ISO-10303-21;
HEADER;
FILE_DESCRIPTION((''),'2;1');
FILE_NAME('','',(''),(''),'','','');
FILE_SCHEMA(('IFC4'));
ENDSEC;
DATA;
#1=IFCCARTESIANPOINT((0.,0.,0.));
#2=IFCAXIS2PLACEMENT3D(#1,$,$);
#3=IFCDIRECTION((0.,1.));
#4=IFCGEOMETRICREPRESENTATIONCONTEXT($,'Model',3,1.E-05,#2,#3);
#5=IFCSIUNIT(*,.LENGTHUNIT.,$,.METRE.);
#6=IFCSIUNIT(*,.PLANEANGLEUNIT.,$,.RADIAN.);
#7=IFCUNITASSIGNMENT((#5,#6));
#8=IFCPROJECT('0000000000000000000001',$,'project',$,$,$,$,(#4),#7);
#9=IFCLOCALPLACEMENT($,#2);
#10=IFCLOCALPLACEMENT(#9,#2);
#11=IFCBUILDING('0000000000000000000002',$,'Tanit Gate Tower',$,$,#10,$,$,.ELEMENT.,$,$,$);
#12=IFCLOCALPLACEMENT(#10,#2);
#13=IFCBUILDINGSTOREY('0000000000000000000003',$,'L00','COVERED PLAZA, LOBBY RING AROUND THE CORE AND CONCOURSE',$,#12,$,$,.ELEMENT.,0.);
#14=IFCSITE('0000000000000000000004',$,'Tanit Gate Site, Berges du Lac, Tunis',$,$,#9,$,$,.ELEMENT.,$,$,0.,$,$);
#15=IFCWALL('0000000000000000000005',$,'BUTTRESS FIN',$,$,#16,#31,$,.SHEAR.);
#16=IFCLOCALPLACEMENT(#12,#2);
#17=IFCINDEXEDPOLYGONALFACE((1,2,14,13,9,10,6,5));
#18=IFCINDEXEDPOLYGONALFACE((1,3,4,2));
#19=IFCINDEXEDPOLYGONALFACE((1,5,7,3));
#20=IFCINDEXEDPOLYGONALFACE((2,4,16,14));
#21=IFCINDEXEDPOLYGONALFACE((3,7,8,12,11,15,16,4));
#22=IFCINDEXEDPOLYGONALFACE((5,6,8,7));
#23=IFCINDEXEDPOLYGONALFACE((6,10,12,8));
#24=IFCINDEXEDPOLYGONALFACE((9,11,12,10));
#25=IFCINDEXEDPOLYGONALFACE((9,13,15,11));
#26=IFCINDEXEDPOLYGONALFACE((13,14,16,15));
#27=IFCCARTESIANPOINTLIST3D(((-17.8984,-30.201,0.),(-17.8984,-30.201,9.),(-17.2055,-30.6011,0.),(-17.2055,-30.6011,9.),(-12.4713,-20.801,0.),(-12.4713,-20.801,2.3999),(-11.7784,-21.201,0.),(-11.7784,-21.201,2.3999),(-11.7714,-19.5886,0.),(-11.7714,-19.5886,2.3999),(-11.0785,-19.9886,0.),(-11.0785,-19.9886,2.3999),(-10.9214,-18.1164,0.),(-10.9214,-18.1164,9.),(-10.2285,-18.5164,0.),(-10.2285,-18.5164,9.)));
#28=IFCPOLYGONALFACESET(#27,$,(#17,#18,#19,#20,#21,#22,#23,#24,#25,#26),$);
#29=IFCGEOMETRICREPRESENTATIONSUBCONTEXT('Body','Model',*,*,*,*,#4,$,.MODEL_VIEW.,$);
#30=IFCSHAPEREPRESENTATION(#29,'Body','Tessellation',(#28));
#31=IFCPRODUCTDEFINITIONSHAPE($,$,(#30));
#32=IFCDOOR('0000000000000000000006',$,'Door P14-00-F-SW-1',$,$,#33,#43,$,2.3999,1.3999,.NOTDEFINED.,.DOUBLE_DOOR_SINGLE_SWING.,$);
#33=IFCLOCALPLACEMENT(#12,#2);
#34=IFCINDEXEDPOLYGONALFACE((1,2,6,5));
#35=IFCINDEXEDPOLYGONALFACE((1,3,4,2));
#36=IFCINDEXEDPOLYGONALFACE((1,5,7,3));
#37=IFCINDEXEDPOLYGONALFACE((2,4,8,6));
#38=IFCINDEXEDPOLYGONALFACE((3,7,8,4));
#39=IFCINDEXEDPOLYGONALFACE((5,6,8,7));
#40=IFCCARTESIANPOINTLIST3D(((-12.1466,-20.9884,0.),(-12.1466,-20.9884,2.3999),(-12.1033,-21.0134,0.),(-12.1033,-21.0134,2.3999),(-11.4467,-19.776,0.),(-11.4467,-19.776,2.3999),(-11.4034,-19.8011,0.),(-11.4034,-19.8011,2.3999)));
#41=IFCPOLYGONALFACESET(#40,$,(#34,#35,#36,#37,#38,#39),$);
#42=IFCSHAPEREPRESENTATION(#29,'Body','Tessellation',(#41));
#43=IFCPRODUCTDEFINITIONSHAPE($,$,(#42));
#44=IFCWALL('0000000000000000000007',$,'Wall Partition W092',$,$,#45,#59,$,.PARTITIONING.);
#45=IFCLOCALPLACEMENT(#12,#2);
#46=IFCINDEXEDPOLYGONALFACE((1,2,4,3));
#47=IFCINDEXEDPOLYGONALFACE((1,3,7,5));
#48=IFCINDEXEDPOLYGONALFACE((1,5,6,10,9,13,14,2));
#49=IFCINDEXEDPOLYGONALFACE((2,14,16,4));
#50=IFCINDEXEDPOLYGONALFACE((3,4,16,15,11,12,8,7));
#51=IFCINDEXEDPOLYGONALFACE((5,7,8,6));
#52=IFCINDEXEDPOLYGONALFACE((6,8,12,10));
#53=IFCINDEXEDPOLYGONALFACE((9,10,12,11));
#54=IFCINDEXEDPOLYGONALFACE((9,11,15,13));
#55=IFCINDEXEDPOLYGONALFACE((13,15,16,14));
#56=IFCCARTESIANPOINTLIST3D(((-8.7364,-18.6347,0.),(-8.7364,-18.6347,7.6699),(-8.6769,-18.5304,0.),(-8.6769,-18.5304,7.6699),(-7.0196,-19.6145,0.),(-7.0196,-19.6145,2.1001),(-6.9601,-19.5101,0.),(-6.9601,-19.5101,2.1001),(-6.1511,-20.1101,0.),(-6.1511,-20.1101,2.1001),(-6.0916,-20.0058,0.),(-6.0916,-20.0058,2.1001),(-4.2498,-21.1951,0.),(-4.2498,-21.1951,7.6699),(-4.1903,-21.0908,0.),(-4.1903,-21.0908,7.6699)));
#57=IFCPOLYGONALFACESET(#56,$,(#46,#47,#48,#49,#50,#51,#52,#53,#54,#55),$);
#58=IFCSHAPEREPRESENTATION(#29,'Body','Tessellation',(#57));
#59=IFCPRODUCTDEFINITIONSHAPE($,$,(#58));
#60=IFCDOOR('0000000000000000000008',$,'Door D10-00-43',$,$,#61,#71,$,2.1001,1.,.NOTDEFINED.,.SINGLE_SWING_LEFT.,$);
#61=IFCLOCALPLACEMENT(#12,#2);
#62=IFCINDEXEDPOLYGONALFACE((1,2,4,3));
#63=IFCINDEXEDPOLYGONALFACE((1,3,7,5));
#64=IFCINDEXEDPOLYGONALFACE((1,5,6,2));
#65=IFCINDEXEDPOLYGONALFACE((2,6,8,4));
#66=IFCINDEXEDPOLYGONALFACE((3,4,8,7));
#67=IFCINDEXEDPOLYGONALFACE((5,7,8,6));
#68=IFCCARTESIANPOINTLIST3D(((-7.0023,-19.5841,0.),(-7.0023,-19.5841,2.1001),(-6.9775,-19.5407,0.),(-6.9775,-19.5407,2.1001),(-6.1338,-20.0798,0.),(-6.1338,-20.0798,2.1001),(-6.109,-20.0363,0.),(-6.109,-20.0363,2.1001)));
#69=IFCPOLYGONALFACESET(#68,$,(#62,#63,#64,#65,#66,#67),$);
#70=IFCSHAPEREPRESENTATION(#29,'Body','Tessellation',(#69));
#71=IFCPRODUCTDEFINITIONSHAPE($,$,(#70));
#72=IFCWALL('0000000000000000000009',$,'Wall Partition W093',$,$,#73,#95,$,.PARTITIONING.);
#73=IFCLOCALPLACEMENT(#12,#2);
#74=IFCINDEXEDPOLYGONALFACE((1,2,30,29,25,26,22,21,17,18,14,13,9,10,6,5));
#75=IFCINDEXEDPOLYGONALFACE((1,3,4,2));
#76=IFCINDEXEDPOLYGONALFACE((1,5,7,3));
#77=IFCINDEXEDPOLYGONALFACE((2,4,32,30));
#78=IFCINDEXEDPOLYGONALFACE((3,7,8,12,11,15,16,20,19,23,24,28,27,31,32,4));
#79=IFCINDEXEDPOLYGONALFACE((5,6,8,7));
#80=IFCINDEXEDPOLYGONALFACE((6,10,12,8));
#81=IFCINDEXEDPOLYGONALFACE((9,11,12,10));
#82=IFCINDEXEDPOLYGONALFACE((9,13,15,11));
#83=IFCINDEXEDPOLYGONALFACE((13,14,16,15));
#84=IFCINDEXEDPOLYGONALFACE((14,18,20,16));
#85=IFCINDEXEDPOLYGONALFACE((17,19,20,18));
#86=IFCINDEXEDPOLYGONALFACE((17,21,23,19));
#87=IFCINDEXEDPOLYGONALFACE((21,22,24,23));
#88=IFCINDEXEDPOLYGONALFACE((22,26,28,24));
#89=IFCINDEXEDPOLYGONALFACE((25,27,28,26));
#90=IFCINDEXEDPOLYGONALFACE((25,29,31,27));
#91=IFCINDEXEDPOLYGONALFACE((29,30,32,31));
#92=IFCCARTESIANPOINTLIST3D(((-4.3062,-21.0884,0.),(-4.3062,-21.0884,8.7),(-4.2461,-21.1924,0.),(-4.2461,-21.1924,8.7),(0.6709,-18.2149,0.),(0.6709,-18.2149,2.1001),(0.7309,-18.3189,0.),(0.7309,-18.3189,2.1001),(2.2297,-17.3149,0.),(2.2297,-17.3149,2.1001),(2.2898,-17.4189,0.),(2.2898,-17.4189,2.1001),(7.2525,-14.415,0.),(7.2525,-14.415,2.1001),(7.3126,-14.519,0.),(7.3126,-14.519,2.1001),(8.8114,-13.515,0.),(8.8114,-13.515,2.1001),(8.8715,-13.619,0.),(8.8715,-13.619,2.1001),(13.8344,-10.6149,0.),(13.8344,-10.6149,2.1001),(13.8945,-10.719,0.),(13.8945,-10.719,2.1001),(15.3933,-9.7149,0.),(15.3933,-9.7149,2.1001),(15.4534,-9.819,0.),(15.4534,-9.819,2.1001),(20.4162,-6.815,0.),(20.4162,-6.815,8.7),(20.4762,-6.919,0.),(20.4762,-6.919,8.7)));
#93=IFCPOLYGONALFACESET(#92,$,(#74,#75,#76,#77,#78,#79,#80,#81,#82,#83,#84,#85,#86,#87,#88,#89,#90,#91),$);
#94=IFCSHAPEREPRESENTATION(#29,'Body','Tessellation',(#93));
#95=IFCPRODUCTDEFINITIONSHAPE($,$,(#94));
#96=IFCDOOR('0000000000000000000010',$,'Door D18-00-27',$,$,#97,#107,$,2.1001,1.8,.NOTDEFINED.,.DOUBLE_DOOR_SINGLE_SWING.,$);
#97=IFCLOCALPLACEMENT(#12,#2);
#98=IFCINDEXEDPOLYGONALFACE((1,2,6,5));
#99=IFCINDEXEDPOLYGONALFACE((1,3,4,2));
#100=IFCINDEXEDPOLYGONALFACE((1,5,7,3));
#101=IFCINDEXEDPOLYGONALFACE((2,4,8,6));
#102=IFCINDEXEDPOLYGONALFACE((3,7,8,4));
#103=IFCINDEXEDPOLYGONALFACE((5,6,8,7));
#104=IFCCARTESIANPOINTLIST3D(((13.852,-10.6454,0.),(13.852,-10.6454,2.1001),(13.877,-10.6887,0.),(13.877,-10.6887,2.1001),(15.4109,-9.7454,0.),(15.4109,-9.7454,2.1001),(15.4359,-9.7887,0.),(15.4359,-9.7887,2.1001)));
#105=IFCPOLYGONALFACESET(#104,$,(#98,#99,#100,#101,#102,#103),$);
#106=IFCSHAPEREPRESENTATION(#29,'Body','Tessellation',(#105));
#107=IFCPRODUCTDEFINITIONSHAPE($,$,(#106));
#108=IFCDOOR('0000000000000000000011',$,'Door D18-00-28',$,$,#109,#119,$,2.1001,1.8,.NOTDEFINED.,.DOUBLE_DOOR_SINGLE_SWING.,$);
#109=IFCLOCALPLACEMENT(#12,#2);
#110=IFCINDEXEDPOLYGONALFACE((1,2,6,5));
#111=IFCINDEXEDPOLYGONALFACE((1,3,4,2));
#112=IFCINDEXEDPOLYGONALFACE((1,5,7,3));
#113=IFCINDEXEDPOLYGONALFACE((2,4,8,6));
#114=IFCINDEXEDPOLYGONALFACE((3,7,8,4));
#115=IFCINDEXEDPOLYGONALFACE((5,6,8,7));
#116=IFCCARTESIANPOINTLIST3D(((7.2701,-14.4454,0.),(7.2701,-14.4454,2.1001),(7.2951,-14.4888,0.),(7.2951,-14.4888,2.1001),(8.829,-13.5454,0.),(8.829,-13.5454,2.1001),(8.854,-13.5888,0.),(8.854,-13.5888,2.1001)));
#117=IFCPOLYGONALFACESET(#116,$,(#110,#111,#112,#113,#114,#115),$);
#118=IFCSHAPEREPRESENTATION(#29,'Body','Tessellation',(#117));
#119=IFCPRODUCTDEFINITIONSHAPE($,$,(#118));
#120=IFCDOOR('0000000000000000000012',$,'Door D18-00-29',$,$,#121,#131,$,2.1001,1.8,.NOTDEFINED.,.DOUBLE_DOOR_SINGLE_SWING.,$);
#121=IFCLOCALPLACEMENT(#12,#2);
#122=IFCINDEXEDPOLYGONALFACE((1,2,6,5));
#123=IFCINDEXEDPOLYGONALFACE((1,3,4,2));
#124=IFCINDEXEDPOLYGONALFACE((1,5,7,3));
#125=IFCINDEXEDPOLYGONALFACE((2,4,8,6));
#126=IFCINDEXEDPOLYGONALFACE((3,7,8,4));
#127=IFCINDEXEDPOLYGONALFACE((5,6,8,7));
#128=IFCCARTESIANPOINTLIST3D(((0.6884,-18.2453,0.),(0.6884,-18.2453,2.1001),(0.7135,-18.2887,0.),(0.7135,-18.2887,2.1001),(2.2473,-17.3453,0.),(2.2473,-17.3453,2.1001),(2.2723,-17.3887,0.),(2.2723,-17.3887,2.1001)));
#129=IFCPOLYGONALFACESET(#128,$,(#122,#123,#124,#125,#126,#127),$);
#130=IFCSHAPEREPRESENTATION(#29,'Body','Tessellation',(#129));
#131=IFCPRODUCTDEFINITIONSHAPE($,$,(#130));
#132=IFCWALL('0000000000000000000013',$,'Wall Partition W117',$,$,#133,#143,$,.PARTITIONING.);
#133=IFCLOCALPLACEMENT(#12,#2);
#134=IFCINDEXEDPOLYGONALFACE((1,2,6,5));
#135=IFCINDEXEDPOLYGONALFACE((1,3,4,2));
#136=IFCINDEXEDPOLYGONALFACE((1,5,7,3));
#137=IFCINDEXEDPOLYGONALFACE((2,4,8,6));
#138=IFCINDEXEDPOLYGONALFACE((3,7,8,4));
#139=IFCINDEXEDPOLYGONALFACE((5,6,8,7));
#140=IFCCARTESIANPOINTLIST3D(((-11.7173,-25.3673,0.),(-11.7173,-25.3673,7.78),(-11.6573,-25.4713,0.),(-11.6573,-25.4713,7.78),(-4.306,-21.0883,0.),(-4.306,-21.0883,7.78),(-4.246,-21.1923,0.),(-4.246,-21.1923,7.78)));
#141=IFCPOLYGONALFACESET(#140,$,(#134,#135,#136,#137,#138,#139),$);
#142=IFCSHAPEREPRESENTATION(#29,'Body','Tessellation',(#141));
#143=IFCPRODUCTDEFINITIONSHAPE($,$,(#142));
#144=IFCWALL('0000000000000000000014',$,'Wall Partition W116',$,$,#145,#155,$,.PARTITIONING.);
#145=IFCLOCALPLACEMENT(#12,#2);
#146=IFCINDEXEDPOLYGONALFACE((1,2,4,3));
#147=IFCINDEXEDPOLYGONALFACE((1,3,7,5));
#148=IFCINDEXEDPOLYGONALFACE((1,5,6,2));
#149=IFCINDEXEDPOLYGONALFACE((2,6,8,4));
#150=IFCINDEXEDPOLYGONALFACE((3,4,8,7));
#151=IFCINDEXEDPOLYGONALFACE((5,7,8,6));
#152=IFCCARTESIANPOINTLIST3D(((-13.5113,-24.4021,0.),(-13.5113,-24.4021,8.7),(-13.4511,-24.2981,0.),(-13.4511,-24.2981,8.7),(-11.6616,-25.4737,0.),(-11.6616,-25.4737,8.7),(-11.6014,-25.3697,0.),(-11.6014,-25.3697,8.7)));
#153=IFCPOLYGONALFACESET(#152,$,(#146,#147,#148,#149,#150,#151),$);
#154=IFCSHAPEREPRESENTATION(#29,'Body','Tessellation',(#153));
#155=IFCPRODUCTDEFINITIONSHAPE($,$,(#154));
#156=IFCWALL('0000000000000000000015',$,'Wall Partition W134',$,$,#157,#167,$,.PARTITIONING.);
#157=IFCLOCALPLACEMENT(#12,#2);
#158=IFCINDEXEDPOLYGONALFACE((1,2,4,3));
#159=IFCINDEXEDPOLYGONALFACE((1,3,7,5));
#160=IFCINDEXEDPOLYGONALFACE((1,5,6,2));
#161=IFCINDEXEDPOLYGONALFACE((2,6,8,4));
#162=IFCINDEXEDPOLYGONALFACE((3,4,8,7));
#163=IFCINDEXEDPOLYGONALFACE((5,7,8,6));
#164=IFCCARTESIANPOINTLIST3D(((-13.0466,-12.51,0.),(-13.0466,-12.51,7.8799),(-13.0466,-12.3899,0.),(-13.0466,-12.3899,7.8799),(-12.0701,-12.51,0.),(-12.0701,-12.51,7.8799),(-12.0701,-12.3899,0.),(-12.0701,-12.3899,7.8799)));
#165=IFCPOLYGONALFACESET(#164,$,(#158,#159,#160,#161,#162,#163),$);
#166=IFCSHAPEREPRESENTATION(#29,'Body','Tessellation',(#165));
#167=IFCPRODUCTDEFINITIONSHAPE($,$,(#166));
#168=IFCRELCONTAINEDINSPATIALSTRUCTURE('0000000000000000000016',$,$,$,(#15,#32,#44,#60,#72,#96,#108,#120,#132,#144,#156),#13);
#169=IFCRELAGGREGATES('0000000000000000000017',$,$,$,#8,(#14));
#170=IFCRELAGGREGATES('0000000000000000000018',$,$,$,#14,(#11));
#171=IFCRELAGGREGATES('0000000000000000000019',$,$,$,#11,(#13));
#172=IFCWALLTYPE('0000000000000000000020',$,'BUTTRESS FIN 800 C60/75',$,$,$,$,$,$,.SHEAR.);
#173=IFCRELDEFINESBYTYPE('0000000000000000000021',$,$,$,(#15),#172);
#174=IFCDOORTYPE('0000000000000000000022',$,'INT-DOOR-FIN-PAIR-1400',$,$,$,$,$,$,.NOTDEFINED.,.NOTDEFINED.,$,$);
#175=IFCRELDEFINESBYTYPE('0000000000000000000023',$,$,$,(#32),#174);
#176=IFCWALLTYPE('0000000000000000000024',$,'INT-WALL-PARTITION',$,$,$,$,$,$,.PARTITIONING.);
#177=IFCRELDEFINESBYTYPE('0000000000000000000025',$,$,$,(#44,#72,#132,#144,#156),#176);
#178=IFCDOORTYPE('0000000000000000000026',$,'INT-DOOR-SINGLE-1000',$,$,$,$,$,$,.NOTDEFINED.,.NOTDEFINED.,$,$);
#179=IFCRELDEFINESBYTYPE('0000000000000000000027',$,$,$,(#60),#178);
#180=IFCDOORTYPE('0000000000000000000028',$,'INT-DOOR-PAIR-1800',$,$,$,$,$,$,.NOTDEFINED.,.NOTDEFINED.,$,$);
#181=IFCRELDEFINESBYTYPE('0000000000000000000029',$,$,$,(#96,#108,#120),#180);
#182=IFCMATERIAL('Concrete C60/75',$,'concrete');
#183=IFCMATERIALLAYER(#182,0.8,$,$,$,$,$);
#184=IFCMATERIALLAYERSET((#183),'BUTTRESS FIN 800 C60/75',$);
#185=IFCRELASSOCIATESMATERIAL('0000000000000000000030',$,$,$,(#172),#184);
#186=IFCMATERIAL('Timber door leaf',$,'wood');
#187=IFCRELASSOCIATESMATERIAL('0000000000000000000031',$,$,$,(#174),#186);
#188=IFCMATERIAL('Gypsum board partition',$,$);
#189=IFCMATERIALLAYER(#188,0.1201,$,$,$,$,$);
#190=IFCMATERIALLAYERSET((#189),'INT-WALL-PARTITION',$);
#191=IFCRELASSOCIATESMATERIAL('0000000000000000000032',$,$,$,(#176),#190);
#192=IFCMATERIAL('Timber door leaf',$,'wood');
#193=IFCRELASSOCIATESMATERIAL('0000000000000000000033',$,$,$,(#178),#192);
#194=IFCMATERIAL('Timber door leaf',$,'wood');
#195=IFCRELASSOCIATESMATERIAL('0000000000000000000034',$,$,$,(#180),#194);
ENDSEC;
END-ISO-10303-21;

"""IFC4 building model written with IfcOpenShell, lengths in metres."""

from ifc_helpers import new_model, si_unit, direction, frame, frame_2d, origin, place, context, subcontext, project, spatial, rectangle, extrude, material, layer, layer_set, type_object, element, fill, save


model = new_model("IFC4")

# Units and contexts
model_context = context("Model", 3, precision=1e-05, world=origin(), true_north=direction((0.0, 1.0)))
body_context = subcontext(model_context, "Body", "Model", "MODEL_VIEW")
ifc_project = project(units=[si_unit("LENGTHUNIT", "METRE"), si_unit("PLANEANGLEUNIT", "RADIAN")], contexts=[model_context])

# Site, building, storey
site_placement = place(None, origin())
site = spatial("IfcSite", under=ifc_project, at=site_placement, Name="Tanit Gate Site, Berges du Lac, Tunis", CompositionType="ELEMENT", RefElevation=0.0)
building_placement = place(site_placement, origin())
building = spatial("IfcBuilding", under=site, at=building_placement, Name="Tanit Gate Tower", CompositionType="ELEMENT")
storey_placement = place(building_placement, origin())
storey = spatial("IfcBuildingStorey", under=building, at=storey_placement, Name="L00", Description="COVERED PLAZA, LOBBY RING AROUND THE CORE AND CONCOURSE", CompositionType="ELEMENT", Elevation=0.0)

# Wall, opening, door
ifc_material_1 = material(Name="Concrete C60/75", Category="concrete")
ifc_layer_1 = layer(ifc_material_1, 0.8)
ifc_layer_set_1 = layer_set([ifc_layer_1], Name="BUTTRESS FIN 800 C60/75")
wall_type_1 = type_object("IfcWallType", Name="BUTTRESS FIN 800 C60/75", PredefinedType="SHEAR", material=ifc_layer_set_1)
wall_1_placement = place(storey_placement, frame((-10.575, -18.3164, 0.0), z_axis=(0.0, 0.0, 1.0), x_axis=(-0.499997, -0.866027, 0.0)))
wall_1 = element("IfcWall", 1, at=wall_1_placement, inside=storey, type_object=wall_type_1, Name="BUTTRESS FIN", PredefinedType="SHEAR", context=body_context, shape_type="SweptSolid", body=[
    extrude(rectangle(XDim=13.9541, YDim=0.8, at=frame_2d((6.9771, 0.0))), origin(), (0.0, 0.0, 1.0), 9.0),
])
opening_1_placement = place(wall_1_placement, frame((1.7, 0.0, 0.0)))
opening_1 = element("IfcOpeningElement", 2, at=opening_1_placement, cuts=wall_1, PredefinedType="OPENING", context=body_context, shape_type="SweptSolid", body=[
    extrude(rectangle(XDim=1.3999, YDim=2.3999, at=frame_2d((0.7, 1.2))), frame((0.0, 0.4102, 0.0), z_axis=(0.0, -1.0, 0.0), x_axis=(1.0, 0.0, 0.0)), (0.0, 0.0, 1.0), 0.8201),
])
ifc_material_2 = material(Name="Timber door leaf", Category="wood")
door_type_1 = type_object("IfcDoorType", Name="INT-DOOR-FIN-PAIR-1400", OperationType="NOTDEFINED", PredefinedType="NOTDEFINED", material=ifc_material_2)
door_1_placement = place(opening_1_placement, origin())
door_1 = element("IfcDoor", 3, at=door_1_placement, inside=storey, type_object=door_type_1, Name="Door P14-00-F-SW-1", OperationType="DOUBLE_DOOR_SINGLE_SWING", OverallHeight=2.3999, OverallWidth=1.3999, PredefinedType="NOTDEFINED", context=body_context, shape_type="SweptSolid", body=[
    extrude(rectangle(XDim=1.3999, YDim=2.3999, at=frame_2d((0.7, 1.2))), frame((0.0, 0.0249, 0.0), z_axis=(0.0, -1.0, 0.0), x_axis=(1.0, 0.0, 0.0)), (0.0, 0.0, 1.0), 0.05),
])
fill(opening_1, door_1)

# Wall, opening, door
ifc_material_3 = material(Name="Gypsum board partition")
ifc_layer_2 = layer(ifc_material_3, 0.1201)
ifc_layer_set_2 = layer_set([ifc_layer_2], Name="INT-WALL-PARTITION")
wall_type_2 = type_object("IfcWallType", Name="INT-WALL-PARTITION", PredefinedType="PARTITIONING", material=ifc_layer_set_2)
wall_2_placement = place(storey_placement, frame((-8.7068, -18.5825, 0.0), z_axis=(0.0, 0.0, 1.0), x_axis=(0.868531, -0.495635, 0.0)))
wall_2 = element("IfcWall", 4, at=wall_2_placement, inside=storey, type_object=wall_type_2, Name="Wall Partition W092", PredefinedType="PARTITIONING", context=body_context, shape_type="SweptSolid", body=[
    extrude(rectangle(XDim=5.1658, YDim=0.1201, at=frame_2d((2.583, 0.0))), origin(), (0.0, 0.0, 1.0), 7.6699),
])
opening_2_placement = place(wall_2_placement, frame((1.9768, 0.0, 0.0)))
opening_2 = element("IfcOpeningElement", 5, at=opening_2_placement, cuts=wall_2, PredefinedType="OPENING", context=body_context, shape_type="SweptSolid", body=[
    extrude(rectangle(XDim=1.0, YDim=2.1001, at=frame_2d((0.5, 1.05))), frame((0.0, 0.0701, 0.0), z_axis=(0.0, -1.0, 0.0), x_axis=(1.0, 0.0, 0.0)), (0.0, 0.0, 1.0), 0.1401),
])
ifc_material_4 = material(Name="Timber door leaf", Category="wood")
door_type_2 = type_object("IfcDoorType", Name="INT-DOOR-SINGLE-1000", OperationType="NOTDEFINED", PredefinedType="NOTDEFINED", material=ifc_material_4)
door_2_placement = place(opening_2_placement, origin())
door_2 = element("IfcDoor", 6, at=door_2_placement, inside=storey, type_object=door_type_2, Name="Door D10-00-43", OperationType="SINGLE_SWING_LEFT", OverallHeight=2.1001, OverallWidth=1.0, PredefinedType="NOTDEFINED", context=body_context, shape_type="SweptSolid", body=[
    extrude(rectangle(XDim=1.0, YDim=2.1001, at=frame_2d((0.5, 1.05))), frame((0.0, 0.0249, 0.0), z_axis=(0.0, -1.0, 0.0), x_axis=(1.0, 0.0, 0.0)), (0.0, 0.0, 1.0), 0.05),
])
fill(opening_2, door_2)

# Wall, openings, doors
wall_3_placement = place(storey_placement, frame((-4.2761, -21.1404, 0.0), z_axis=(0.0, 0.0, 1.0), x_axis=(0.866026, 0.499999, 0.0)))
wall_3 = element("IfcWall", 7, at=wall_3_placement, inside=storey, type_object=wall_type_2, Name="Wall Partition W093", PredefinedType="PARTITIONING", context=body_context, shape_type="SweptSolid", body=[
    extrude(rectangle(XDim=28.5469, YDim=0.1201, at=frame_2d((14.2734, 0.0))), origin(), (0.0, 0.0, 1.0), 8.7),
])
opening_3_placement = place(wall_3_placement, frame((20.947, 0.0, 0.0)))
opening_3 = element("IfcOpeningElement", 8, at=opening_3_placement, cuts=wall_3, PredefinedType="OPENING", context=body_context, shape_type="SweptSolid", body=[
    extrude(rectangle(XDim=1.8, YDim=2.1001, at=frame_2d((0.8999, 1.05))), frame((0.0, 0.0701, 0.0), z_axis=(0.0, -1.0, 0.0), x_axis=(1.0, 0.0, 0.0)), (0.0, 0.0, 1.0), 0.1401),
])
opening_4_placement = place(wall_3_placement, frame((13.3469, 0.0, 0.0)))
opening_4 = element("IfcOpeningElement", 9, at=opening_4_placement, cuts=wall_3, PredefinedType="OPENING", context=body_context, shape_type="SweptSolid", body=[
    extrude(rectangle(XDim=1.8, YDim=2.1001, at=frame_2d((0.8999, 1.05))), frame((0.0, 0.0701, 0.0), z_axis=(0.0, -1.0, 0.0), x_axis=(1.0, 0.0, 0.0)), (0.0, 0.0, 1.0), 0.1401),
])
opening_5_placement = place(wall_3_placement, frame((5.7471, 0.0, 0.0)))
opening_5 = element("IfcOpeningElement", 10, at=opening_5_placement, cuts=wall_3, PredefinedType="OPENING", context=body_context, shape_type="SweptSolid", body=[
    extrude(rectangle(XDim=1.8, YDim=2.1001, at=frame_2d((0.8999, 1.05))), frame((0.0, 0.0701, 0.0), z_axis=(0.0, -1.0, 0.0), x_axis=(1.0, 0.0, 0.0)), (0.0, 0.0, 1.0), 0.1401),
])
ifc_material_5 = material(Name="Timber door leaf", Category="wood")
door_type_3 = type_object("IfcDoorType", Name="INT-DOOR-PAIR-1800", OperationType="NOTDEFINED", PredefinedType="NOTDEFINED", material=ifc_material_5)
door_3_placement = place(opening_3_placement, origin())
door_3 = element("IfcDoor", 11, at=door_3_placement, inside=storey, type_object=door_type_3, Name="Door D18-00-27", OperationType="DOUBLE_DOOR_SINGLE_SWING", OverallHeight=2.1001, OverallWidth=1.8, PredefinedType="NOTDEFINED", context=body_context, shape_type="SweptSolid", body=[
    extrude(rectangle(XDim=1.8, YDim=2.1001, at=frame_2d((0.8999, 1.05))), frame((0.0, 0.0249, 0.0), z_axis=(0.0, -1.0, 0.0), x_axis=(1.0, 0.0, 0.0)), (0.0, 0.0, 1.0), 0.05),
])
fill(opening_3, door_3)
door_4_placement = place(opening_4_placement, origin())
door_4 = element("IfcDoor", 12, at=door_4_placement, inside=storey, type_object=door_type_3, Name="Door D18-00-28", OperationType="DOUBLE_DOOR_SINGLE_SWING", OverallHeight=2.1001, OverallWidth=1.8, PredefinedType="NOTDEFINED", context=body_context, shape_type="SweptSolid", body=[
    extrude(rectangle(XDim=1.8, YDim=2.1001, at=frame_2d((0.8999, 1.05))), frame((0.0, 0.0249, 0.0), z_axis=(0.0, -1.0, 0.0), x_axis=(1.0, 0.0, 0.0)), (0.0, 0.0, 1.0), 0.05),
])
fill(opening_4, door_4)
door_5_placement = place(opening_5_placement, origin())
door_5 = element("IfcDoor", 13, at=door_5_placement, inside=storey, type_object=door_type_3, Name="Door D18-00-29", OperationType="DOUBLE_DOOR_SINGLE_SWING", OverallHeight=2.1001, OverallWidth=1.8, PredefinedType="NOTDEFINED", context=body_context, shape_type="SweptSolid", body=[
    extrude(rectangle(XDim=1.8, YDim=2.1001, at=frame_2d((0.8999, 1.05))), frame((0.0, 0.0249, 0.0), z_axis=(0.0, -1.0, 0.0), x_axis=(1.0, 0.0, 0.0)), (0.0, 0.0, 1.0), 0.05),
])
fill(opening_5, door_5)

# Walls
wall_4_placement = place(storey_placement, frame((-4.2761, -21.1404, 0.0), z_axis=(0.0, 0.0, 1.0), x_axis=(-0.866021, -0.500008, 0.0)))
element("IfcWall", 14, at=wall_4_placement, inside=storey, type_object=wall_type_2, Name="Wall Partition W117", PredefinedType="PARTITIONING", context=body_context, shape_type="SweptSolid", body=[
    extrude(rectangle(XDim=8.5579, YDim=0.1201, at=frame_2d((4.2788, 0.0))), origin(), (0.0, 0.0, 1.0), 7.78),
])
wall_5_placement = place(storey_placement, frame((-13.4812, -24.3501, 0.0), z_axis=(0.0, 0.0, 1.0), x_axis=(0.865283, -0.501284, 0.0)))
element("IfcWall", 15, at=wall_5_placement, inside=storey, type_object=wall_type_2, Name="Wall Partition W116", PredefinedType="PARTITIONING", context=body_context, shape_type="SweptSolid", body=[
    extrude(rectangle(XDim=2.1377, YDim=0.1201, at=frame_2d((1.0688, 0.0))), origin(), (0.0, 0.0, 1.0), 8.7),
])
wall_6_placement = place(storey_placement, frame((-12.0701, -12.45, 0.0), z_axis=(0.0, 0.0, 1.0), x_axis=(-1.0, 0.0, 0.0)))
element("IfcWall", 16, at=wall_6_placement, inside=storey, type_object=wall_type_2, Name="Wall Partition W134", PredefinedType="PARTITIONING", context=body_context, shape_type="SweptSolid", body=[
    extrude(rectangle(XDim=0.9766, YDim=0.1201, at=frame_2d((0.4883, 0.0))), origin(), (0.0, 0.0, 1.0), 7.8799),
])

save(model, "model.ifc")
